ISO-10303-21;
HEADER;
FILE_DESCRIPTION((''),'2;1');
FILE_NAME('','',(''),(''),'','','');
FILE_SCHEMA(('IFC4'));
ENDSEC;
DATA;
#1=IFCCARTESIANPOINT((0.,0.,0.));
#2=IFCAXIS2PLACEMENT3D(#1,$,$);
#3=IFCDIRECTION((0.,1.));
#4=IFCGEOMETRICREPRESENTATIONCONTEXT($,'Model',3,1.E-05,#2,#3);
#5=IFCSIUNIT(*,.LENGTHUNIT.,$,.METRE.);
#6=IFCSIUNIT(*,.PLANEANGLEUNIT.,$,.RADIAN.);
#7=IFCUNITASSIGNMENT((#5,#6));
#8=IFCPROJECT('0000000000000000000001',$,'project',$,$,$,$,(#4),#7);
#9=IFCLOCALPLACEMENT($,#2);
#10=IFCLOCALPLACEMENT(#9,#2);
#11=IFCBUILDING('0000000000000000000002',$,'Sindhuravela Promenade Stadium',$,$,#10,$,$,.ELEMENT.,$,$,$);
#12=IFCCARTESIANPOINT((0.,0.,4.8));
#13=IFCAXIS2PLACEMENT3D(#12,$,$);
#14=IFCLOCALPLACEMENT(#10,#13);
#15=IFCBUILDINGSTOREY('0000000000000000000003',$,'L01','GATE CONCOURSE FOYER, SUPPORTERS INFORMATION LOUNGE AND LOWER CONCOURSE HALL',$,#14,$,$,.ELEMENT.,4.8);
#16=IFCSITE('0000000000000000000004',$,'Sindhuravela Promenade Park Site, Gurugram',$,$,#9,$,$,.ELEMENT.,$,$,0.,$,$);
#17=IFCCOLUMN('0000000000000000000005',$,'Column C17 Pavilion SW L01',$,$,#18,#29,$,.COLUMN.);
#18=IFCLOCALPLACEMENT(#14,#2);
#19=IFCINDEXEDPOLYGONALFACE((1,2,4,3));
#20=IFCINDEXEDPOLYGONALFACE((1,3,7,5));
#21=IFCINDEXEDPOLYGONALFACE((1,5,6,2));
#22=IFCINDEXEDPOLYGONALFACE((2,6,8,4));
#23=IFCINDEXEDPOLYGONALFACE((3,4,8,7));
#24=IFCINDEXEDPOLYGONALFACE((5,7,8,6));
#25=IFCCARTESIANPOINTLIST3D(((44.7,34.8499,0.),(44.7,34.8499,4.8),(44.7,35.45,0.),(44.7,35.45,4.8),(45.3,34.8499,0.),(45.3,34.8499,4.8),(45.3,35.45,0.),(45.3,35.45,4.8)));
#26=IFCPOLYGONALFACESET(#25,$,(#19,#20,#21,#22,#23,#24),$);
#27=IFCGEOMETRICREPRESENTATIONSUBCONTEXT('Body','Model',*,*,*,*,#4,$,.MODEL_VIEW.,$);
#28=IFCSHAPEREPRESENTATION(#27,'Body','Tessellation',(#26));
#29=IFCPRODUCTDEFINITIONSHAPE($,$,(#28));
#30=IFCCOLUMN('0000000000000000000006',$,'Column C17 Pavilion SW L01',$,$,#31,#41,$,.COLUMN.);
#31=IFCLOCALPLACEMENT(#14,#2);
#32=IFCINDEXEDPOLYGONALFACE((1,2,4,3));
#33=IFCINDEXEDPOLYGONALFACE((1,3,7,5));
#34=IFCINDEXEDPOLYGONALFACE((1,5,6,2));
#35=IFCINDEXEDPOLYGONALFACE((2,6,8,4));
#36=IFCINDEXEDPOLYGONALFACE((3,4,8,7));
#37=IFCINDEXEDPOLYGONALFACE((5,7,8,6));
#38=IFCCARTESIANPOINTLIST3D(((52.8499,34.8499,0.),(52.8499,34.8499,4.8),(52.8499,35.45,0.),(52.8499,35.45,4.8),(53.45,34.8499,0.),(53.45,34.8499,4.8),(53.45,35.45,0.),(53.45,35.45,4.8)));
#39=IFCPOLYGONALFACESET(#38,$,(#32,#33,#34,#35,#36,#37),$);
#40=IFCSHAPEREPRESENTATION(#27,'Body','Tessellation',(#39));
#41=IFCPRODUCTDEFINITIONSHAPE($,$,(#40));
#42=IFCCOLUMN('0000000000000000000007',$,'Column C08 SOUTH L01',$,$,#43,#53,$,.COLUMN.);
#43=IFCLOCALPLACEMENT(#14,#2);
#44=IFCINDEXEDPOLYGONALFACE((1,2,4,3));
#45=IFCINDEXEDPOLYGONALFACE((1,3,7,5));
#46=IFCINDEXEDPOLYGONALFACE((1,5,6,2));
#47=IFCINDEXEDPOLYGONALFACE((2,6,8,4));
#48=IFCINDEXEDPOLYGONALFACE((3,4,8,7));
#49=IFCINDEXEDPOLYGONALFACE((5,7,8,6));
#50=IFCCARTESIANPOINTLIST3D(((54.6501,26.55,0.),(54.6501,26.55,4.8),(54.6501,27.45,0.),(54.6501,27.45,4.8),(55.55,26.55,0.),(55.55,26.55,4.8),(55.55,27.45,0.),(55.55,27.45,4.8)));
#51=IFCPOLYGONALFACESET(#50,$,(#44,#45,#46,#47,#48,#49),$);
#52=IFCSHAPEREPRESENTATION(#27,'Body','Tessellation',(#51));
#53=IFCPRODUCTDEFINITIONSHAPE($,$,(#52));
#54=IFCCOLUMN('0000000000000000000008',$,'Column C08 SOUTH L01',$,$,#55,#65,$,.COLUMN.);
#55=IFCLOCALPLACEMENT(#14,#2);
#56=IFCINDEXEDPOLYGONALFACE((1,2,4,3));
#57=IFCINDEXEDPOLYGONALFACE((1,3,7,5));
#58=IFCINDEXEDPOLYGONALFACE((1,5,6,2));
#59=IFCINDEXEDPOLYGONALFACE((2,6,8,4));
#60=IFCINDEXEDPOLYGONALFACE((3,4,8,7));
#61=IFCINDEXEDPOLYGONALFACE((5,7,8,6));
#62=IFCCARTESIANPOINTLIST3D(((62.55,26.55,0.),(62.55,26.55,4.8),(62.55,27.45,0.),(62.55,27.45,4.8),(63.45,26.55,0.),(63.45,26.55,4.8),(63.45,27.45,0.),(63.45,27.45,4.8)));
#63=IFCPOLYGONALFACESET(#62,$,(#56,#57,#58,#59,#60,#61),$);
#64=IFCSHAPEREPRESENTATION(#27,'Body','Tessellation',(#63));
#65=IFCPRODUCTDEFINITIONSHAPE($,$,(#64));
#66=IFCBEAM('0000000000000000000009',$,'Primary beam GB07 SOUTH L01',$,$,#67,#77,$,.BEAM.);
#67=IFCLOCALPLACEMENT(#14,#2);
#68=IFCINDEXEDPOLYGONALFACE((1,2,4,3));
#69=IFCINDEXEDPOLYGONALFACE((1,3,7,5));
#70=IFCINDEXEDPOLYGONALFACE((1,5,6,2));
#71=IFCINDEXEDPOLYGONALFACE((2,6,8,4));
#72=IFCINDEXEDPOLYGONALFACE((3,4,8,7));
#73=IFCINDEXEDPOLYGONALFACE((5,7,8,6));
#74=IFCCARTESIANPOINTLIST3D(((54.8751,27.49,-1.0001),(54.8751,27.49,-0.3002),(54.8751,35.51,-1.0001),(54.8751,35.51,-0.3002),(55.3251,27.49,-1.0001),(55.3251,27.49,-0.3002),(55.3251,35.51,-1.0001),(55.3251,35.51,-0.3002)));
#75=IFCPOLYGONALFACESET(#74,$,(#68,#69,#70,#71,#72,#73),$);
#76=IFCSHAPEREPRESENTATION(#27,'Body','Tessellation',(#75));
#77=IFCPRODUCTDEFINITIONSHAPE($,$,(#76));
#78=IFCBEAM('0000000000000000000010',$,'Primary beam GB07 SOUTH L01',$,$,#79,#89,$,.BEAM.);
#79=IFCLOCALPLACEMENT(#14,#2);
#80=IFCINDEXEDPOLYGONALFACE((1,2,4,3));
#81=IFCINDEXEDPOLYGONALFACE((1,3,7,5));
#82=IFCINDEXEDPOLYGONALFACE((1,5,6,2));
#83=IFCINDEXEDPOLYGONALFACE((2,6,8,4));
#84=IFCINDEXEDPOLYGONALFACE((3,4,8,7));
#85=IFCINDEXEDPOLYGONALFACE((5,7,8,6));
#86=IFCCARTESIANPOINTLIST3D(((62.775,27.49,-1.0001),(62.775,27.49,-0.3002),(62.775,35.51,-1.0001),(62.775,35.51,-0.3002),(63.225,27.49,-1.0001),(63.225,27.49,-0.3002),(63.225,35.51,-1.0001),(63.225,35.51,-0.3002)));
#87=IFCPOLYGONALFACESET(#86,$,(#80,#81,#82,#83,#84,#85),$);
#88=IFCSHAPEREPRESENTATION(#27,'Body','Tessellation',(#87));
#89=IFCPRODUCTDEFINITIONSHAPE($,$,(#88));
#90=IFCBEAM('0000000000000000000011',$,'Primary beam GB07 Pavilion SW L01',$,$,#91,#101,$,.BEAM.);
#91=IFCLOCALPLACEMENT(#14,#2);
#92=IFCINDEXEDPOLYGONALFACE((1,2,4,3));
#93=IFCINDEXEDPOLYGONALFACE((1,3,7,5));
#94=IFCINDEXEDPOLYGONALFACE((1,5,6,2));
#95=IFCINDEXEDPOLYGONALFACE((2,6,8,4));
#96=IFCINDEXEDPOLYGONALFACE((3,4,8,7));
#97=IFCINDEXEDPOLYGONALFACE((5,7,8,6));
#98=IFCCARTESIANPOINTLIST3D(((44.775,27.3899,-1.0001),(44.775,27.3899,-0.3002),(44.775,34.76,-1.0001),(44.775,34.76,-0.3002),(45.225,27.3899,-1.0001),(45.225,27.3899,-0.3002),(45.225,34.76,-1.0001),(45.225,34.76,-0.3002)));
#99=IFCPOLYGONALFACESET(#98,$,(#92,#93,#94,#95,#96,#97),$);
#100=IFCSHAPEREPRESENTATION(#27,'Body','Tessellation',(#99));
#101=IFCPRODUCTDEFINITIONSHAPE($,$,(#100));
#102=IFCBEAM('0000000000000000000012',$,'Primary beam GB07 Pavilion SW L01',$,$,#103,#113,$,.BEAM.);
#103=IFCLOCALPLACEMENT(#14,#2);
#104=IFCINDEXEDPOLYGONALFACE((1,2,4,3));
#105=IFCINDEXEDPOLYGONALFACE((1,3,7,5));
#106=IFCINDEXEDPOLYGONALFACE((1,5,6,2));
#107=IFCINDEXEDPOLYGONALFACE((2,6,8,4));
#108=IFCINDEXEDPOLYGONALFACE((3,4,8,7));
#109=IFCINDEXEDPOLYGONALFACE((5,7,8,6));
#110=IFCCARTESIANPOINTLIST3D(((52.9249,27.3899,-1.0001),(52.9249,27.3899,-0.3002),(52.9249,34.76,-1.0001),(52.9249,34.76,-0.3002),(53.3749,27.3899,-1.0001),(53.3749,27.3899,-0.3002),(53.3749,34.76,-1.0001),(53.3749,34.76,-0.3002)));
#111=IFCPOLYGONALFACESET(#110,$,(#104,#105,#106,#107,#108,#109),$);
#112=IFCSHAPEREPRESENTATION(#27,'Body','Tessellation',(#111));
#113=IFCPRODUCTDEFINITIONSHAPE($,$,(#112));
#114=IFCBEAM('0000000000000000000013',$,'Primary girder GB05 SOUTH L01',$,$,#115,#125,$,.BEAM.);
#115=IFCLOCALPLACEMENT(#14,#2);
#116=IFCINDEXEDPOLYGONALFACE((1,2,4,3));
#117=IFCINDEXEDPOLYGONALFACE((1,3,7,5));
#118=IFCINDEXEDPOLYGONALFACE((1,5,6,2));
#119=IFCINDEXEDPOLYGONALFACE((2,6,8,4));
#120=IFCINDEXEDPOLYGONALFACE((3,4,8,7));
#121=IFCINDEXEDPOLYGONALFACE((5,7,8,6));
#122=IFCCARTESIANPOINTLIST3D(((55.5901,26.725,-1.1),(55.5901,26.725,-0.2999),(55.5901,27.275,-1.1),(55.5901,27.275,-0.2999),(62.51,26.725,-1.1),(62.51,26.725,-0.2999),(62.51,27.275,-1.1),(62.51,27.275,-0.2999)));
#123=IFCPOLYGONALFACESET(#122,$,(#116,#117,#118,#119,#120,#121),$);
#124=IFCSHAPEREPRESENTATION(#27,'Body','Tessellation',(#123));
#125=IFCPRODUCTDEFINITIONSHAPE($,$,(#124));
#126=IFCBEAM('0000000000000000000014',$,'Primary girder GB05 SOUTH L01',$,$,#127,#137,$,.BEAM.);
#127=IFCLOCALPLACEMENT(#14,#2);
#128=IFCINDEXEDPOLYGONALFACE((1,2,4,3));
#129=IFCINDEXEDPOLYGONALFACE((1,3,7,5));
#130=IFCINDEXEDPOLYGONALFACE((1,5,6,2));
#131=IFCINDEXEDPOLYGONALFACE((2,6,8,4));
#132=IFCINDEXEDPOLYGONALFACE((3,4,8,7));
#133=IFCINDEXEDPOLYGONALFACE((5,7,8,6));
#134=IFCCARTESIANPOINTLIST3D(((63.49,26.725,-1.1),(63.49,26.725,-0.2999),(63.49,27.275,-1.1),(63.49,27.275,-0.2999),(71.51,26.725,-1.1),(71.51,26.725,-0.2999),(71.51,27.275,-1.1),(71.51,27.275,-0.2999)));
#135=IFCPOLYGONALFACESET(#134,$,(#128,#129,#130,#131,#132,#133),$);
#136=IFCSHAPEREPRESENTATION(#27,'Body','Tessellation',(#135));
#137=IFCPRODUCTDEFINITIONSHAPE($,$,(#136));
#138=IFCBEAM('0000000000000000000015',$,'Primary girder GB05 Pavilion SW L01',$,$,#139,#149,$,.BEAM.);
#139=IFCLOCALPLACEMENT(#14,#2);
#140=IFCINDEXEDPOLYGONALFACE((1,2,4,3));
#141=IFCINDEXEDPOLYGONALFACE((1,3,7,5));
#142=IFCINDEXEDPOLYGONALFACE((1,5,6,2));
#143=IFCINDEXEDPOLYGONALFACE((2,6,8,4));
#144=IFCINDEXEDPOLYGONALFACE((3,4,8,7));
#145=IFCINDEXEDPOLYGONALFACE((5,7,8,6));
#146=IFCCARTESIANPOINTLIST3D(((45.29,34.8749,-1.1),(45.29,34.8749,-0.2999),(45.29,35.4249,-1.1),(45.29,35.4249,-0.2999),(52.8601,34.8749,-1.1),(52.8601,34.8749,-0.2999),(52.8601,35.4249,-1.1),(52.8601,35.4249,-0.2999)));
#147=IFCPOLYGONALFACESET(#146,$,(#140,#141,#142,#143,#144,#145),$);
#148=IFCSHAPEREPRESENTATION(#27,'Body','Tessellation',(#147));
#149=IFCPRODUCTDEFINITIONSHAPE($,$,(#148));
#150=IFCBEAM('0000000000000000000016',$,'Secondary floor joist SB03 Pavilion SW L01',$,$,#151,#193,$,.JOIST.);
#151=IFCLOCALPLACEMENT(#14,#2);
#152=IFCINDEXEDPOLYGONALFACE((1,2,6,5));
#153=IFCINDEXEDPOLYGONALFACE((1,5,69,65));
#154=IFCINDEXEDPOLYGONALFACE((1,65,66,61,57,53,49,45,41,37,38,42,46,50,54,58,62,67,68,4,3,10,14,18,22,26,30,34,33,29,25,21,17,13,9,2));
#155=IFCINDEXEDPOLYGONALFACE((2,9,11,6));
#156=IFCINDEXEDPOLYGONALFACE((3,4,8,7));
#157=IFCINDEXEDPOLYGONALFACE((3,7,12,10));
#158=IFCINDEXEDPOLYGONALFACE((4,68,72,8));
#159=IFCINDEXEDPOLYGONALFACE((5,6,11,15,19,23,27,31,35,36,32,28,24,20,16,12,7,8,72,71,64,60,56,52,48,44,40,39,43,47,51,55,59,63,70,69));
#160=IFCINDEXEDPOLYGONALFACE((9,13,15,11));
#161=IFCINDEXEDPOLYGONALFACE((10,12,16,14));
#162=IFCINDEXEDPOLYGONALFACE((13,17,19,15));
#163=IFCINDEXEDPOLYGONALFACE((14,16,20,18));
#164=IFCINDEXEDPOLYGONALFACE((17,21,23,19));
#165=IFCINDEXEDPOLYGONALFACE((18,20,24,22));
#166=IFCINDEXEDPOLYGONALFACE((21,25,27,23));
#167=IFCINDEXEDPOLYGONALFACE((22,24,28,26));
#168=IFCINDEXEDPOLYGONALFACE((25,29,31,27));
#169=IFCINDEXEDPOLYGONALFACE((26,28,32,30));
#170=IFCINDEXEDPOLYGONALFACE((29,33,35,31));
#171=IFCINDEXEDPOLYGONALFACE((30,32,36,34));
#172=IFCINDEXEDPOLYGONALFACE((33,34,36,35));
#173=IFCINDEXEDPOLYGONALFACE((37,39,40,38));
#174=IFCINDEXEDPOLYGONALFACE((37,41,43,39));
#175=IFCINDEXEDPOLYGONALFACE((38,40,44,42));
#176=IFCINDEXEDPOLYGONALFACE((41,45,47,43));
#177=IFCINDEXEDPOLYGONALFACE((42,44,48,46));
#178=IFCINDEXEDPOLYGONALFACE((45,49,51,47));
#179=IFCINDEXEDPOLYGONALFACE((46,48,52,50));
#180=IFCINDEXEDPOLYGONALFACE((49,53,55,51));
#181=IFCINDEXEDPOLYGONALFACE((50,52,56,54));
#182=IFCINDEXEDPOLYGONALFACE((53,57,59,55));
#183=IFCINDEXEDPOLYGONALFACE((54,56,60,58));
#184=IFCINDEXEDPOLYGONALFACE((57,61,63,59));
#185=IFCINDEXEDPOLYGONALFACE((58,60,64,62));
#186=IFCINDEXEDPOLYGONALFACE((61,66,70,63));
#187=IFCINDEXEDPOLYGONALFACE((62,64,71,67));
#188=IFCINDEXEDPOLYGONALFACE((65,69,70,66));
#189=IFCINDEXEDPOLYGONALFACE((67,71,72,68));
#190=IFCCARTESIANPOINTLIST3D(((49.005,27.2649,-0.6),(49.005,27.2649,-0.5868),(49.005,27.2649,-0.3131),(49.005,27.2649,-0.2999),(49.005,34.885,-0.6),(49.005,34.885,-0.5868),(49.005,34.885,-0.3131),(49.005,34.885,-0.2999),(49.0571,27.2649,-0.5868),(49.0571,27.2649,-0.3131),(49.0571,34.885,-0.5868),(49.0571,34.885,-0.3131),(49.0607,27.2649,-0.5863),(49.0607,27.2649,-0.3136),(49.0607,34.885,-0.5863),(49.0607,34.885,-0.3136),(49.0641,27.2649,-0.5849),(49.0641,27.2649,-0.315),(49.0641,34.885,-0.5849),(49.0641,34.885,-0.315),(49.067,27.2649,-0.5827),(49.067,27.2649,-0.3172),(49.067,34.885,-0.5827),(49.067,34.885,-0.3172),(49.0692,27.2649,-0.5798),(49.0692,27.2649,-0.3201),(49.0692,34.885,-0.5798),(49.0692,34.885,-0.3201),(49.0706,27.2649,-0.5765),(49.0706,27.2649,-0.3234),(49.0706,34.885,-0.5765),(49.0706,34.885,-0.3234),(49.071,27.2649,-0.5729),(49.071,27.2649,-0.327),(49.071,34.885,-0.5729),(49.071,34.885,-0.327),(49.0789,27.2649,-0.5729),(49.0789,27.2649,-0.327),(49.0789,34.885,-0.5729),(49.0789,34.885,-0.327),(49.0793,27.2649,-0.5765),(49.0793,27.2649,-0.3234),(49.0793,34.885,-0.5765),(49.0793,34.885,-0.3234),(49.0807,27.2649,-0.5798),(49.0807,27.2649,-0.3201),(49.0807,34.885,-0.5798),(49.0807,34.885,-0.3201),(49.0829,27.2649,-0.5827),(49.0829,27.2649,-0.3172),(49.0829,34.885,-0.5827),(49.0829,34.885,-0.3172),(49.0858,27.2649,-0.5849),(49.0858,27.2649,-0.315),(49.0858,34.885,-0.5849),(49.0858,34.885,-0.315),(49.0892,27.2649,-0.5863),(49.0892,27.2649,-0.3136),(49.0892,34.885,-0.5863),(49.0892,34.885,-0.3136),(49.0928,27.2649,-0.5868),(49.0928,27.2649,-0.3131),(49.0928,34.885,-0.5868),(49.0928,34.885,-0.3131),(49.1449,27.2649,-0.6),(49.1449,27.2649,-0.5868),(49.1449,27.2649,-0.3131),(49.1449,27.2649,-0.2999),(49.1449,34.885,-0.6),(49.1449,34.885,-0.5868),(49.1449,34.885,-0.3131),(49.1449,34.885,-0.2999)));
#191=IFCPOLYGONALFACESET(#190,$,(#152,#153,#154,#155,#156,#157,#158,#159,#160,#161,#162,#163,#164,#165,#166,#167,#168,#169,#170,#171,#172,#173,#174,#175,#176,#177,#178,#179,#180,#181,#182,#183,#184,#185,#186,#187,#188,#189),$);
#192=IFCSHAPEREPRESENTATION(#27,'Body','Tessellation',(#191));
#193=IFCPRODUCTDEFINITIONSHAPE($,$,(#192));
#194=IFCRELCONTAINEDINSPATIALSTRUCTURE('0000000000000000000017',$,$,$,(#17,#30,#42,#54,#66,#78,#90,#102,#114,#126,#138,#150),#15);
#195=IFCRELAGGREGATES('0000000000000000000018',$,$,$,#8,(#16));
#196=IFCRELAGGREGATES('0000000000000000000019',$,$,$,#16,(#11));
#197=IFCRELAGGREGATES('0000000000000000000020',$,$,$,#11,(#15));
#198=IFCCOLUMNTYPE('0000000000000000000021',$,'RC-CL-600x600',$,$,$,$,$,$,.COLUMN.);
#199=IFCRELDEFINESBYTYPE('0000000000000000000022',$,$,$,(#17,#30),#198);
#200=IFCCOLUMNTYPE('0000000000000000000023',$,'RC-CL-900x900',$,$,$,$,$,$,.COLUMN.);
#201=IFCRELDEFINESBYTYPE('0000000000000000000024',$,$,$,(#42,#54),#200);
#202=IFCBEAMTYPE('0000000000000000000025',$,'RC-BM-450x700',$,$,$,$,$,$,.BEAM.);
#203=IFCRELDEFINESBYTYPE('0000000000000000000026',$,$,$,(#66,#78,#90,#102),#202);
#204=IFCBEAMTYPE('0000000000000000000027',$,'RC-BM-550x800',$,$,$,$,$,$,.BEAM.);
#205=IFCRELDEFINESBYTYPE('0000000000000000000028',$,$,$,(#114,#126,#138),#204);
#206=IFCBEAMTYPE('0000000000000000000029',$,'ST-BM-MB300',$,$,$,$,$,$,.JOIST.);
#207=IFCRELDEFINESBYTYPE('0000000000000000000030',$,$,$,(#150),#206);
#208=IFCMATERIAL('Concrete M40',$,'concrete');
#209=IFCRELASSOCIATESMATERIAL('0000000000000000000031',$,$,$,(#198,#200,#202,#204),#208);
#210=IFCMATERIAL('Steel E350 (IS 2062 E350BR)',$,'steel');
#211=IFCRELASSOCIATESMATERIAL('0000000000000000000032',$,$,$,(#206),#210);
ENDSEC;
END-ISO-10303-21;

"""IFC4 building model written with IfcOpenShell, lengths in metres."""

from ifc_helpers import new_model, si_unit, direction, frame, origin, origin_2d, place, context, subcontext, project, spatial, rectangle, i_section, extrude, material, material_profile, profile_set, type_object, element, save


model = new_model("IFC4")

# Units and contexts
model_context = context("Model", 3, precision=1e-05, world=origin(), true_north=direction((0.0, 1.0)))
body_context = subcontext(model_context, "Body", "Model", "MODEL_VIEW")
ifc_project = project(units=[si_unit("LENGTHUNIT", "METRE"), si_unit("PLANEANGLEUNIT", "RADIAN")], contexts=[model_context])

# Site, building, storey
site_placement = place(None, origin())
site = spatial("IfcSite", under=ifc_project, at=site_placement, Name="Sindhuravela Promenade Park Site, Gurugram", CompositionType="ELEMENT", RefElevation=0.0)
building_placement = place(site_placement, origin())
building = spatial("IfcBuilding", under=site, at=building_placement, Name="Sindhuravela Promenade Stadium", CompositionType="ELEMENT")
storey_placement = place(building_placement, frame((0.0, 0.0, 4.8)))
storey = spatial("IfcBuildingStorey", under=building, at=storey_placement, Name="L01", Description="GATE CONCOURSE FOYER, SUPPORTERS INFORMATION LOUNGE AND LOWER CONCOURSE HALL", CompositionType="ELEMENT", Elevation=4.8)

# Columns
ifc_material_1 = material(Name="Concrete M40", Category="concrete")
ifc_material_profile_1 = material_profile(ifc_material_1, rectangle(XDim=0.6001, YDim=0.6001, at=origin_2d()), Name="RC 600x600")
ifc_profile_set_1 = profile_set([ifc_material_profile_1], Name="Concrete M40")
column_type_1 = type_object("IfcColumnType", Name="RC-CL-600x600", PredefinedType="COLUMN", material=ifc_profile_set_1)
for number, where, z_axis, x_axis, name in (
    (1, (45.0, 35.1499, 0.0), (0.0, 0.0, 1.0), (1.0, 0.0, 0.0), "Column C17 Pavilion SW L01"),
    (2, (53.1499, 35.1499, 0.0), (0.0, 0.0, 1.0), (1.0, 0.0, 0.0), "Column C17 Pavilion SW L01"),
):
    element("IfcColumn", number, at=place(storey_placement, frame(where, z_axis=z_axis, x_axis=x_axis)), inside=storey, type_object=column_type_1, Name=name, PredefinedType="COLUMN", context=body_context, shape_type="SweptSolid", body=[
        extrude(rectangle(XDim=0.6001, YDim=0.6001, at=origin_2d()), origin(), (0.0, 0.0, 1.0), 4.8),
    ])
ifc_material_profile_2 = material_profile(ifc_material_1, rectangle(XDim=0.8999, YDim=0.8999, at=origin_2d()), Name="RC 900x900")
ifc_profile_set_2 = profile_set([ifc_material_profile_2], Name="Concrete M40")
column_type_2 = type_object("IfcColumnType", Name="RC-CL-900x900", PredefinedType="COLUMN", material=ifc_profile_set_2)
for number, where, z_axis, x_axis, name in (
    (3, (55.1001, 27.0, 0.0), (0.0, 0.0, 1.0), (1.0, 0.0, 0.0), "Column C08 SOUTH L01"),
    (4, (63.0, 27.0, 0.0), (0.0, 0.0, 1.0), (1.0, 0.0, 0.0), "Column C08 SOUTH L01"),
):
    element("IfcColumn", number, at=place(storey_placement, frame(where, z_axis=z_axis, x_axis=x_axis)), inside=storey, type_object=column_type_2, Name=name, PredefinedType="COLUMN", context=body_context, shape_type="SweptSolid", body=[
        extrude(rectangle(XDim=0.8999, YDim=0.8999, at=origin_2d()), origin(), (0.0, 0.0, 1.0), 4.8),
    ])

# Beams
ifc_material_profile_3 = material_profile(ifc_material_1, rectangle(XDim=0.45, YDim=0.7, at=origin_2d()), Name="RC 450x700")
ifc_profile_set_3 = profile_set([ifc_material_profile_3], Name="Concrete M40")
beam_type_1 = type_object("IfcBeamType", Name="RC-BM-450x700", PredefinedType="BEAM", material=ifc_profile_set_3)
for number, where, z_axis, x_axis, name in (
    (5, (55.1001, 27.49, -0.6501), (0.0, 1.0, 0.0), (-1.0, 0.0, 0.0), "Primary beam GB07 SOUTH L01"),
    (6, (63.0, 27.49, -0.6501), (0.0, 1.0, 0.0), (-1.0, 0.0, 0.0), "Primary beam GB07 SOUTH L01"),
):
    element("IfcBeam", number, at=place(storey_placement, frame(where, z_axis=z_axis, x_axis=x_axis)), inside=storey, type_object=beam_type_1, Name=name, PredefinedType="BEAM", context=body_context, shape_type="SweptSolid", body=[
        extrude(rectangle(XDim=0.45, YDim=0.7, at=origin_2d()), origin(), (0.0, 0.0, 1.0), 8.02),
    ])
for number, where, z_axis, x_axis, name in (
    (7, (45.0, 27.3899, -0.6501), (0.0, 1.0, 0.0), (-1.0, 0.0, 0.0), "Primary beam GB07 Pavilion SW L01"),
    (8, (53.1499, 27.3899, -0.6501), (0.0, 1.0, 0.0), (-1.0, 0.0, 0.0), "Primary beam GB07 Pavilion SW L01"),
):
    element("IfcBeam", number, at=place(storey_placement, frame(where, z_axis=z_axis, x_axis=x_axis)), inside=storey, type_object=beam_type_1, Name=name, PredefinedType="BEAM", context=body_context, shape_type="SweptSolid", body=[
        extrude(rectangle(XDim=0.45, YDim=0.7, at=origin_2d()), origin(), (0.0, 0.0, 1.0), 7.3701),
    ])
ifc_material_profile_4 = material_profile(ifc_material_1, rectangle(XDim=0.55, YDim=0.8, at=origin_2d()), Name="RC 550x800")
ifc_profile_set_4 = profile_set([ifc_material_profile_4], Name="Concrete M40")
beam_type_2 = type_object("IfcBeamType", Name="RC-BM-550x800", PredefinedType="BEAM", material=ifc_profile_set_4)
beam_1_placement = place(storey_placement, frame((55.5901, 27.0, -0.7), z_axis=(1.0, 0.0, 0.0), x_axis=(0.0, 1.0, 0.0)))
element("IfcBeam", 9, at=beam_1_placement, inside=storey, type_object=beam_type_2, Name="Primary girder GB05 SOUTH L01", PredefinedType="BEAM", context=body_context, shape_type="SweptSolid", body=[
    extrude(rectangle(XDim=0.55, YDim=0.8, at=origin_2d()), origin(), (0.0, 0.0, 1.0), 6.9199),
])
beam_2_placement = place(storey_placement, frame((63.49, 27.0, -0.7), z_axis=(1.0, 0.0, 0.0), x_axis=(0.0, 1.0, 0.0)))
element("IfcBeam", 10, at=beam_2_placement, inside=storey, type_object=beam_type_2, Name="Primary girder GB05 SOUTH L01", PredefinedType="BEAM", context=body_context, shape_type="SweptSolid", body=[
    extrude(rectangle(XDim=0.55, YDim=0.8, at=origin_2d()), origin(), (0.0, 0.0, 1.0), 8.02),
])
beam_3_placement = place(storey_placement, frame((45.29, 35.1499, -0.7), z_axis=(1.0, 0.0, 0.0), x_axis=(0.0, 1.0, 0.0)))
element("IfcBeam", 11, at=beam_3_placement, inside=storey, type_object=beam_type_2, Name="Primary girder GB05 Pavilion SW L01", PredefinedType="BEAM", context=body_context, shape_type="SweptSolid", body=[
    extrude(rectangle(XDim=0.55, YDim=0.8, at=origin_2d()), origin(), (0.0, 0.0, 1.0), 7.5701),
])
ifc_material_2 = material(Name="Steel E350 (IS 2062 E350BR)", Category="steel")
ifc_material_profile_5 = material_profile(ifc_material_2, i_section(OverallWidth=0.1399, OverallDepth=0.3, WebThickness=0.0078, FlangeThickness=0.0132, FilletRadius=0.0139, at=origin_2d()), Name="ISMB 300")
ifc_profile_set_5 = profile_set([ifc_material_profile_5], Name="Steel E350 (IS 2062 E350BR)")
beam_type_3 = type_object("IfcBeamType", Name="ST-BM-MB300", PredefinedType="JOIST", material=ifc_profile_set_5)
beam_4_placement = place(storey_placement, frame((49.075, 27.2649, -0.45), z_axis=(0.0, 1.0, 0.0), x_axis=(-1.0, 0.0, 0.0)))
element("IfcBeam", 12, at=beam_4_placement, inside=storey, type_object=beam_type_3, Name="Secondary floor joist SB03 Pavilion SW L01", PredefinedType="JOIST", context=body_context, shape_type="SweptSolid", body=[
    extrude(i_section(OverallWidth=0.1399, OverallDepth=0.3, WebThickness=0.0078, FlangeThickness=0.0132, FilletRadius=0.0139, at=origin_2d()), origin(), (0.0, 0.0, 1.0), 7.6201),
])

save(model, "model.ifc")
